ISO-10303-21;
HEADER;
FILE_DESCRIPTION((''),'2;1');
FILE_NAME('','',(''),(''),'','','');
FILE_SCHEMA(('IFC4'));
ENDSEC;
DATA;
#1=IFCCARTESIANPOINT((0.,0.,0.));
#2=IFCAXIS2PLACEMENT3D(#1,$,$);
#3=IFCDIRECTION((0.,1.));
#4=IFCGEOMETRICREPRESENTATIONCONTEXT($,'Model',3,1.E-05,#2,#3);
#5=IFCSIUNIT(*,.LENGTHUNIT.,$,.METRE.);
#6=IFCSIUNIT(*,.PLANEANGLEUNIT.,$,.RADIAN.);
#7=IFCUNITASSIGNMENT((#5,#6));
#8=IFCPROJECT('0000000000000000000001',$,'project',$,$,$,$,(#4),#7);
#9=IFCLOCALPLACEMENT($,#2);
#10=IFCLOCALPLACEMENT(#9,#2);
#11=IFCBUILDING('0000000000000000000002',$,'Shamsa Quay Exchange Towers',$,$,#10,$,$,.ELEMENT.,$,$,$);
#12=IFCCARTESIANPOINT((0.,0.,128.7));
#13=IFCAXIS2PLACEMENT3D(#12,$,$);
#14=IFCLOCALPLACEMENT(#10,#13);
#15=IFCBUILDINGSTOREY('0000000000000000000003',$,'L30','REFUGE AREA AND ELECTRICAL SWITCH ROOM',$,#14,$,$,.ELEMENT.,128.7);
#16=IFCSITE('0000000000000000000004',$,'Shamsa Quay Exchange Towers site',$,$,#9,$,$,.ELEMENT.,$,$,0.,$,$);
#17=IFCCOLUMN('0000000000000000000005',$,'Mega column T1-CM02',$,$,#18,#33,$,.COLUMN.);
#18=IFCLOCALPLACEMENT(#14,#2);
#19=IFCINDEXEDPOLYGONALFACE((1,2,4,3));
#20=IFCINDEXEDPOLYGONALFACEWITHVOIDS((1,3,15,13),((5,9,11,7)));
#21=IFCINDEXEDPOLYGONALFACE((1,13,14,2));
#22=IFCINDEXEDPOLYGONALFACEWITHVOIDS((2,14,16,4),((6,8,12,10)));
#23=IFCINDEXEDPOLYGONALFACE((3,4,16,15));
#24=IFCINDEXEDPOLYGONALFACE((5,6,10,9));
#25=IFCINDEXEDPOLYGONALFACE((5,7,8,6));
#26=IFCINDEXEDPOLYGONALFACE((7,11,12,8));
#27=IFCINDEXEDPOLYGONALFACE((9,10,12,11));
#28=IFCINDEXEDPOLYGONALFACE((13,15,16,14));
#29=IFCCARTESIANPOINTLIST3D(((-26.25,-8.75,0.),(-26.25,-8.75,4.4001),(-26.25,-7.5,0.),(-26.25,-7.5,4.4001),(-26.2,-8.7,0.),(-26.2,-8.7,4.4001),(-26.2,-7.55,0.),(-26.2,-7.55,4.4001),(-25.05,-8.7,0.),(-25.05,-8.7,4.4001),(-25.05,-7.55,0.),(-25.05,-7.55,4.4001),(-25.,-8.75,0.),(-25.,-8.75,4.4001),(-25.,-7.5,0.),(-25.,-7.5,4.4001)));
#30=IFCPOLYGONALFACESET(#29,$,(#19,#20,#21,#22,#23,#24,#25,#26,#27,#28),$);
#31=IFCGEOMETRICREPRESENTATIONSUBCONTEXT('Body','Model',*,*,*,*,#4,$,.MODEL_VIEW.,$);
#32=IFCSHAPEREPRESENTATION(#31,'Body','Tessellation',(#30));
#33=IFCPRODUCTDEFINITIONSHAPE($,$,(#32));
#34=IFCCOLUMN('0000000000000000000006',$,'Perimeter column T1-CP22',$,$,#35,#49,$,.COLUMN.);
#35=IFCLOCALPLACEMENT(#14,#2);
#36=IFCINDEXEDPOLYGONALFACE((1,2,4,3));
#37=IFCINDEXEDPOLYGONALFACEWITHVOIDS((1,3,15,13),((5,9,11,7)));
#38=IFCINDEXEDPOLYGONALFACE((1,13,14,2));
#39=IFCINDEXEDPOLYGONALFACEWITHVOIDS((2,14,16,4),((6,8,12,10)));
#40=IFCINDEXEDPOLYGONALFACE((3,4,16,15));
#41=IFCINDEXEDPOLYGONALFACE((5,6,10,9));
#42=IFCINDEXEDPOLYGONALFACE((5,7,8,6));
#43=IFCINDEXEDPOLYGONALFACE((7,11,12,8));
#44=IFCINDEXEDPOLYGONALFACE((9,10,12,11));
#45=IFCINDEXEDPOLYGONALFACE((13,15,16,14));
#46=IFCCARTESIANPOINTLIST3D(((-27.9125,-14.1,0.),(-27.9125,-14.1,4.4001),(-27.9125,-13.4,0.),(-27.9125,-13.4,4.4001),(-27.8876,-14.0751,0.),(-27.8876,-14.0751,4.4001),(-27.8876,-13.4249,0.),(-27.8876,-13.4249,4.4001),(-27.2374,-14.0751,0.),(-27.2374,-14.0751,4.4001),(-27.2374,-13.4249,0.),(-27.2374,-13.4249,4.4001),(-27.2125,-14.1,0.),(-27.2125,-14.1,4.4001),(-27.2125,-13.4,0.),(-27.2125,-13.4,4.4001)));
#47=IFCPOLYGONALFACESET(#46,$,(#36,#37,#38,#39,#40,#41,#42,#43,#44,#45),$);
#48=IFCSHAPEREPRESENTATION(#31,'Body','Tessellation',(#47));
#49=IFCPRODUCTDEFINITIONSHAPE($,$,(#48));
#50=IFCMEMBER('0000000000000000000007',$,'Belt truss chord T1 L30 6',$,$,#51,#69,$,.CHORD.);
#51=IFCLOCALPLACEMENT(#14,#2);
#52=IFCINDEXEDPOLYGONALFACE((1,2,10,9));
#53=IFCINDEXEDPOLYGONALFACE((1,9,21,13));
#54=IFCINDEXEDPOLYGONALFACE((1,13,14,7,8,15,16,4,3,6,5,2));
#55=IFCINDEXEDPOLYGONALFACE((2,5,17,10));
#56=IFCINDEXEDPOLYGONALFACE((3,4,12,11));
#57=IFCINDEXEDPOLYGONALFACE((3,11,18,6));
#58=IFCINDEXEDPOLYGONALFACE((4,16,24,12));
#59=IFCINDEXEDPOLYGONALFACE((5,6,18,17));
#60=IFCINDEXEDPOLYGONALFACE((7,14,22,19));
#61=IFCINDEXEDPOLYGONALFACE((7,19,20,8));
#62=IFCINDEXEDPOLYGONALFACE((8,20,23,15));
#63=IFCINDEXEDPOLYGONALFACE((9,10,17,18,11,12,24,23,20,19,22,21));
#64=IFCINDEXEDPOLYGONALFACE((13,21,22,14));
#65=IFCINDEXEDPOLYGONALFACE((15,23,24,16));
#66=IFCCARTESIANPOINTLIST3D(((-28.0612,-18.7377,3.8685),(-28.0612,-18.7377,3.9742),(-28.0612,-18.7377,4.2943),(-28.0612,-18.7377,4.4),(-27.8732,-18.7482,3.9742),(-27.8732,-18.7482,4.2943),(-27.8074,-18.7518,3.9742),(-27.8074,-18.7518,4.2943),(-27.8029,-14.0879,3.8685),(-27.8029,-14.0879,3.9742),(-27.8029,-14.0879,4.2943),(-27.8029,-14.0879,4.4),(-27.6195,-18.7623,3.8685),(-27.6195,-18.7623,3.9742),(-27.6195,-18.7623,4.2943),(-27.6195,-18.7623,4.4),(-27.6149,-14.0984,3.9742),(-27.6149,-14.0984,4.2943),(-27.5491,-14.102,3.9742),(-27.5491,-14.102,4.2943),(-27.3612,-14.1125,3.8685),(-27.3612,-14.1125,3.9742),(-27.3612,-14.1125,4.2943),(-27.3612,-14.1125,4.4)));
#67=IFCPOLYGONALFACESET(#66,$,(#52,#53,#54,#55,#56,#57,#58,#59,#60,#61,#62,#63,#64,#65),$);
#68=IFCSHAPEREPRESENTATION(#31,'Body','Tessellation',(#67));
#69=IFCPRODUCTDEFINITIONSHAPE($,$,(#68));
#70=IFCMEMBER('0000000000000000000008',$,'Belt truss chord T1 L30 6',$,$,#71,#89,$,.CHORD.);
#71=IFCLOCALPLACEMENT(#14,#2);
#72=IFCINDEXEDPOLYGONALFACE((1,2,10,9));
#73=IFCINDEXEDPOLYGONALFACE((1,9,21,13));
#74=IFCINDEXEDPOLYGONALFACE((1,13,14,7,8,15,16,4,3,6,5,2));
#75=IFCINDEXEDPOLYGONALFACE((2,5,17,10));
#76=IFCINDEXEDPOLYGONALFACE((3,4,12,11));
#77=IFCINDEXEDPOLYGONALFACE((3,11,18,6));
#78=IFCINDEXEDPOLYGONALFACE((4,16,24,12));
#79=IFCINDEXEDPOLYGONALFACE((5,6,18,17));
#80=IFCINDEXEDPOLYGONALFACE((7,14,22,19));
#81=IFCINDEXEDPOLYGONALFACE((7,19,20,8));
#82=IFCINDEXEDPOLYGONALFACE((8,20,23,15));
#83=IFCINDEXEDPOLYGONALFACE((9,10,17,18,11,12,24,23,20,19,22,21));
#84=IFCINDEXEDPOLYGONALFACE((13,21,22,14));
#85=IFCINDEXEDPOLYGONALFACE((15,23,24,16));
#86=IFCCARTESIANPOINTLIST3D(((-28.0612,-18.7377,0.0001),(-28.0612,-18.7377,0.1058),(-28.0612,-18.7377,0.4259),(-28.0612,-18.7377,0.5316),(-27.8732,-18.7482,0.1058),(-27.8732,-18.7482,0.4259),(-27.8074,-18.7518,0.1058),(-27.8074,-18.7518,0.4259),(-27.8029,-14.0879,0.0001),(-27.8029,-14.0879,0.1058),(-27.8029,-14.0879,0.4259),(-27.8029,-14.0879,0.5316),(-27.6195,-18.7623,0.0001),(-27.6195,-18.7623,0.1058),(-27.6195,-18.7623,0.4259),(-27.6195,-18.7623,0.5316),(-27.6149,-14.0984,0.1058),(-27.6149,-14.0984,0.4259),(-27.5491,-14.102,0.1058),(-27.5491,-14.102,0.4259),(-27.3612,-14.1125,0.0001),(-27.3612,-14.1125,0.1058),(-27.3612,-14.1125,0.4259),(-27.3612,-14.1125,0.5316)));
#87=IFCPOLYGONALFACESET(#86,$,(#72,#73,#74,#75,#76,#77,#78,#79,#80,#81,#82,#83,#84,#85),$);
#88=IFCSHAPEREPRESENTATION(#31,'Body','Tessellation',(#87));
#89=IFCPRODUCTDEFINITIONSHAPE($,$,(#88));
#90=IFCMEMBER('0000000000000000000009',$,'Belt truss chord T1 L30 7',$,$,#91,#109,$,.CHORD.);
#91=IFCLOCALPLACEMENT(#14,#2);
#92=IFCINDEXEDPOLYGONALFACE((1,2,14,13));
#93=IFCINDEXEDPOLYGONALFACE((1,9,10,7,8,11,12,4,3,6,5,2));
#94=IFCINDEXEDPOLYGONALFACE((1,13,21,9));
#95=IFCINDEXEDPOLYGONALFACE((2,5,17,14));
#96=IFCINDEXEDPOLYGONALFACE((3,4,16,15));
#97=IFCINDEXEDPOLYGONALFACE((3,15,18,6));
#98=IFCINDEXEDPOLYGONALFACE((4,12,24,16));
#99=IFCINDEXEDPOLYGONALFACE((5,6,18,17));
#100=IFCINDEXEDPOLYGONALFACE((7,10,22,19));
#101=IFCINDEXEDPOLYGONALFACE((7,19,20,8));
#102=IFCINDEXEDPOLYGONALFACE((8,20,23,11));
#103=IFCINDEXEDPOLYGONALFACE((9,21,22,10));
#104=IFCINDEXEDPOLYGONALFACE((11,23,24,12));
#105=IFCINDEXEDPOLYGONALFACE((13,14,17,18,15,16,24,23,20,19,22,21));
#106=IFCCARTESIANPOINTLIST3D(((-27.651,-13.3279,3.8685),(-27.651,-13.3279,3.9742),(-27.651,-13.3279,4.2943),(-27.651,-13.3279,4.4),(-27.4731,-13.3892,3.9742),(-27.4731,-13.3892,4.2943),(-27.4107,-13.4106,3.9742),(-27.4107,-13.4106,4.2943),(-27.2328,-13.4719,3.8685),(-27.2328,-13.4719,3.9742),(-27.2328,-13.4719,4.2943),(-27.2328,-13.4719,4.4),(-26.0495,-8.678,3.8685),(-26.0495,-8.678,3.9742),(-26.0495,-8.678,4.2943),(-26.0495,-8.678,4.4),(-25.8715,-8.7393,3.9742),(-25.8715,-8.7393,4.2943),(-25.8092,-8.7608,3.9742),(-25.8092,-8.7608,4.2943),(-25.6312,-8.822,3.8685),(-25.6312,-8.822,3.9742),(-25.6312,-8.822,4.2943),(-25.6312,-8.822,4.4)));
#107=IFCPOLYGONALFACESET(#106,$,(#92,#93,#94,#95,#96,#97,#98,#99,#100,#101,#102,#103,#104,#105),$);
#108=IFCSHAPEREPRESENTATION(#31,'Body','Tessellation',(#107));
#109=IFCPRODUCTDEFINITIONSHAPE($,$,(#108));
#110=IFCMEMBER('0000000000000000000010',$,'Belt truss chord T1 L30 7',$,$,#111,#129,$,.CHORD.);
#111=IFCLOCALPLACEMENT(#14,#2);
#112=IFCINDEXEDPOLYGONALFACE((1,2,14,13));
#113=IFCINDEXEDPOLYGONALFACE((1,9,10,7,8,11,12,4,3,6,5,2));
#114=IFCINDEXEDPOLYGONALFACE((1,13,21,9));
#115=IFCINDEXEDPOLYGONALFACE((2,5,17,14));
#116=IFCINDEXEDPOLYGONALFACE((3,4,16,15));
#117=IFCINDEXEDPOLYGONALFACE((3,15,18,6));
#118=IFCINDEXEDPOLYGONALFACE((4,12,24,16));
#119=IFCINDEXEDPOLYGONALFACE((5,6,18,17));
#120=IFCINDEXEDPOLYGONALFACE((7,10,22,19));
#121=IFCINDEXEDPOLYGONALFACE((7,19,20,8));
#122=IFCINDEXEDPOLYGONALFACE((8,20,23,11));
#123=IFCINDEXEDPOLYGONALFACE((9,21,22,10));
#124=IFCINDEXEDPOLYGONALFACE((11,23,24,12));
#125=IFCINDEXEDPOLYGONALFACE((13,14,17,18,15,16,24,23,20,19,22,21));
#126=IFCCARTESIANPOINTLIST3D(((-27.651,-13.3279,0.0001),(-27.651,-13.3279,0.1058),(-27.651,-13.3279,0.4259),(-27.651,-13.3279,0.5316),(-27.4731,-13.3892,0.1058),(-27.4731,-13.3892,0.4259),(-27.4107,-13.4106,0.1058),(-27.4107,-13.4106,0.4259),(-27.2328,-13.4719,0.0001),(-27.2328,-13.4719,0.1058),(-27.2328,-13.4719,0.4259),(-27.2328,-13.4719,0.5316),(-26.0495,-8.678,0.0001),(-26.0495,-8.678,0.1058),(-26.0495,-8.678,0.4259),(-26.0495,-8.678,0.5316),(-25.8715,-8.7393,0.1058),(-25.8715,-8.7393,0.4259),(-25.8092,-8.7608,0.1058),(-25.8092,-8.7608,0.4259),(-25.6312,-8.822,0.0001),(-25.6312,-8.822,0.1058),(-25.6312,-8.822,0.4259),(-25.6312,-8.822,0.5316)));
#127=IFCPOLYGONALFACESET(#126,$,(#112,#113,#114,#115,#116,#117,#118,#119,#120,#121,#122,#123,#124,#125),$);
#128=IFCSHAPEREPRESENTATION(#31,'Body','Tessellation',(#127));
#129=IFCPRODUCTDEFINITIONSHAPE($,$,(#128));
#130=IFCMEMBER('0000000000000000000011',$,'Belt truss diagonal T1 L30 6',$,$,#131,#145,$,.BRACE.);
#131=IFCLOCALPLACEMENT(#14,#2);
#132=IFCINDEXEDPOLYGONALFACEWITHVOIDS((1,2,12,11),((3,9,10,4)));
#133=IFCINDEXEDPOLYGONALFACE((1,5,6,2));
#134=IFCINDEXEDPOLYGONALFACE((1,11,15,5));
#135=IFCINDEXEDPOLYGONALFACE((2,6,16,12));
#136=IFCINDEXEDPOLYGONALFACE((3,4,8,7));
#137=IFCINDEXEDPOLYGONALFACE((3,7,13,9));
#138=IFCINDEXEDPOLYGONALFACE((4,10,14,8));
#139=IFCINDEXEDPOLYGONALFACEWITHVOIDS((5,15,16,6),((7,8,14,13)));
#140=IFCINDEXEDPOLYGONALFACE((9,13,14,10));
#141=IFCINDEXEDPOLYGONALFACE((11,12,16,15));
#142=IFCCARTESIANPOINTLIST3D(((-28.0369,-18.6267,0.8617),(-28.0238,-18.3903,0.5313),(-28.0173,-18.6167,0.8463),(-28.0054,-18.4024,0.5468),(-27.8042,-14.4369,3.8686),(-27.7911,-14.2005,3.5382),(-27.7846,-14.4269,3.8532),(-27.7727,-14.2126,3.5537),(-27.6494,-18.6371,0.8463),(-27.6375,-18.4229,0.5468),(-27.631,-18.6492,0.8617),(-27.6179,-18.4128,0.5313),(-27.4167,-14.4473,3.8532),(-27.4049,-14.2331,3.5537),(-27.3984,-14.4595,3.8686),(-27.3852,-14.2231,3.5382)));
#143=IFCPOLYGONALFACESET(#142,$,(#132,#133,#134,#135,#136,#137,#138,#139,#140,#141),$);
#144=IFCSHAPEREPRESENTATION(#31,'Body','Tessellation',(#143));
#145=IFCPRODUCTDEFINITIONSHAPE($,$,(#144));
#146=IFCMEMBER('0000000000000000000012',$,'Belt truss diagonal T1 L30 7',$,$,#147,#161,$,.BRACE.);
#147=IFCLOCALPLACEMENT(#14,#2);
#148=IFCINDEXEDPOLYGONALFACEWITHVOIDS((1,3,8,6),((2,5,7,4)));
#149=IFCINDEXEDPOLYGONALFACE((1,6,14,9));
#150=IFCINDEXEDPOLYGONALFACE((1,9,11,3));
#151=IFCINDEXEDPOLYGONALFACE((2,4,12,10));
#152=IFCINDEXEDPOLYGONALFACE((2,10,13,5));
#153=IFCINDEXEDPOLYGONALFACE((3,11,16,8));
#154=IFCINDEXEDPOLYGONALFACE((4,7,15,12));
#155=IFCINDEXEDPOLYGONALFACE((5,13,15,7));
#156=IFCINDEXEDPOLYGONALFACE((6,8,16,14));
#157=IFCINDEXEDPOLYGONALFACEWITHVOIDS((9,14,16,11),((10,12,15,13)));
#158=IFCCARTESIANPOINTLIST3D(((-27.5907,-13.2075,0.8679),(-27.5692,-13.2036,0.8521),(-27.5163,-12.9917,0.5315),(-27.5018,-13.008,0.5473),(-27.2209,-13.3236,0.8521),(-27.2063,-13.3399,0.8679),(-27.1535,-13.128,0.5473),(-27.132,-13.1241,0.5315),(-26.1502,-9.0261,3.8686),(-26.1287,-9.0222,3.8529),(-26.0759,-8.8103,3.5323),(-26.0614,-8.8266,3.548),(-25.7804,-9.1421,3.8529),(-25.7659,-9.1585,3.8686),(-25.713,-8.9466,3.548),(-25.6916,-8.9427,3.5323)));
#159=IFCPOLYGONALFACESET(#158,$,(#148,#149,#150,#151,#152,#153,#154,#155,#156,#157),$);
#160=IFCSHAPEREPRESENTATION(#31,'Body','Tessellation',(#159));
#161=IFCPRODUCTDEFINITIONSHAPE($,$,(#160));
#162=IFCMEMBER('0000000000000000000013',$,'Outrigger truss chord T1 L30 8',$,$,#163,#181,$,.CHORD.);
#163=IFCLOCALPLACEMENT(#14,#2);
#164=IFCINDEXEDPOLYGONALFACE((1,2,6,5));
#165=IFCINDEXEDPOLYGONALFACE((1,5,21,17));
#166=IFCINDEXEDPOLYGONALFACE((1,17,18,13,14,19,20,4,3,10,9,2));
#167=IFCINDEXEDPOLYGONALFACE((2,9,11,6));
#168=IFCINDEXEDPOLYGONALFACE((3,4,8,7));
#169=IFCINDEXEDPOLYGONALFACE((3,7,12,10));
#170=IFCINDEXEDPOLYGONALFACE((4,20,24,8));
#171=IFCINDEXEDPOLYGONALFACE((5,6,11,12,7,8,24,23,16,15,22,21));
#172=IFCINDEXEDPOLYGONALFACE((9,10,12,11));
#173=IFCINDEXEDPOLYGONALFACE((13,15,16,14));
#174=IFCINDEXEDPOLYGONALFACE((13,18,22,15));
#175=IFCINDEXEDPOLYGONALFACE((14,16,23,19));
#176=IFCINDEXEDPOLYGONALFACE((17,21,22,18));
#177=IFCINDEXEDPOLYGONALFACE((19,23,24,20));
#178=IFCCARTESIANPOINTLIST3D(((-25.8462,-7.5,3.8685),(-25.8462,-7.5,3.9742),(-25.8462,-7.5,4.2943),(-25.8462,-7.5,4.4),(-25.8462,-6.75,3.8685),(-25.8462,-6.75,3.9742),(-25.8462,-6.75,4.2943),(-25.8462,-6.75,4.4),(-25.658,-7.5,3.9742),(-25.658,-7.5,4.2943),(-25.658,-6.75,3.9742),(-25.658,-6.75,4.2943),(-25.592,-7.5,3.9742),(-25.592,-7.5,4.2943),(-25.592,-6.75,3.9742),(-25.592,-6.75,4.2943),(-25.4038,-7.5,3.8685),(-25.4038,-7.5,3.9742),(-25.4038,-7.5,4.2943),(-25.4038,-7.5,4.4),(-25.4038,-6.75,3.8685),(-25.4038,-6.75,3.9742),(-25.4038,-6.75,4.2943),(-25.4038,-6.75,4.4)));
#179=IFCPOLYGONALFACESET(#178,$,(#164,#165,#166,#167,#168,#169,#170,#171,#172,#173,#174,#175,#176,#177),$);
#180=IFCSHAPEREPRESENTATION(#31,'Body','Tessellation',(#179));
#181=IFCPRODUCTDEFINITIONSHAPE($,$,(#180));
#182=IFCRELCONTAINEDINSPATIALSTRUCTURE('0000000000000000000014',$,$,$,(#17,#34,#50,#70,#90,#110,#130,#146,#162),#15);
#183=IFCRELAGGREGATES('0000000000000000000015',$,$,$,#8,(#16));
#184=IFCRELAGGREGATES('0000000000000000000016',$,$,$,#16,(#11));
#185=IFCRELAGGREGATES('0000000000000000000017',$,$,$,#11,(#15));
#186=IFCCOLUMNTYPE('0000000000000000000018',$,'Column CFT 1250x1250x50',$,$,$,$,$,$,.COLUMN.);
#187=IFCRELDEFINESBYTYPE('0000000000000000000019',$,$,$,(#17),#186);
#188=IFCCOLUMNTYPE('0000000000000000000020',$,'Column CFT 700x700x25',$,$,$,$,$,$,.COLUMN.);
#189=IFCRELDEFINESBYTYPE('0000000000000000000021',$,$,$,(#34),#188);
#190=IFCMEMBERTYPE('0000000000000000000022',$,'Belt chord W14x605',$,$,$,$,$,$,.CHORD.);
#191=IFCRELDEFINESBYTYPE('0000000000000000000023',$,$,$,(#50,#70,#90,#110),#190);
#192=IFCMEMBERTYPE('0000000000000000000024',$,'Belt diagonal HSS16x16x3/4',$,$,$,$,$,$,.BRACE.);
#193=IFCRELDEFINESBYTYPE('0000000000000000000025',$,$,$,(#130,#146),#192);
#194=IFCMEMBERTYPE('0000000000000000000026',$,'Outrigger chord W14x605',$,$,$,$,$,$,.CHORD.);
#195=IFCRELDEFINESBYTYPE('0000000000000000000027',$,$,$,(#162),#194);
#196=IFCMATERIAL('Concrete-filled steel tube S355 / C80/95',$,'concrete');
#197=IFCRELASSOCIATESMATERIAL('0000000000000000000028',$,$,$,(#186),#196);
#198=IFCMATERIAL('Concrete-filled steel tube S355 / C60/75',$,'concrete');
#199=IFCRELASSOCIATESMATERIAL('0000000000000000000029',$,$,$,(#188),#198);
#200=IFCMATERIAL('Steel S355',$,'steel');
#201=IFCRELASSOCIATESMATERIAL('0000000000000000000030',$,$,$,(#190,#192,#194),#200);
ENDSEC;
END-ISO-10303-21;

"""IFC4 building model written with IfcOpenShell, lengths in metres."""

from ifc_helpers import new_model, si_unit, direction, frame, origin, origin_2d, place, context, subcontext, project, spatial, hollow_rectangle, i_section, extrude, material, material_profile, profile_set, type_object, element, save


model = new_model("IFC4")

# Units and contexts
model_context = context("Model", 3, precision=1e-05, world=origin(), true_north=direction((0.0, 1.0)))
body_context = subcontext(model_context, "Body", "Model", "MODEL_VIEW")
ifc_project = project(units=[si_unit("LENGTHUNIT", "METRE"), si_unit("PLANEANGLEUNIT", "RADIAN")], contexts=[model_context])

# Site, building, storey
site_placement = place(None, origin())
site = spatial("IfcSite", under=ifc_project, at=site_placement, Name="Shamsa Quay Exchange Towers site", CompositionType="ELEMENT", RefElevation=0.0)
building_placement = place(site_placement, origin())
building = spatial("IfcBuilding", under=site, at=building_placement, Name="Shamsa Quay Exchange Towers", CompositionType="ELEMENT")
storey_placement = place(building_placement, frame((0.0, 0.0, 128.7)))
storey = spatial("IfcBuildingStorey", under=building, at=storey_placement, Name="L30", Description="REFUGE AREA AND ELECTRICAL SWITCH ROOM", CompositionType="ELEMENT", Elevation=128.7)

# Columns
ifc_material_1 = material(Name="Concrete-filled steel tube S355 / C80/95", Category="concrete")
ifc_material_profile_1 = material_profile(ifc_material_1, hollow_rectangle(XDim=1.25, YDim=1.25, WallThickness=0.05, at=origin_2d()), Name="CFT 1250x1250x50")
ifc_profile_set_1 = profile_set([ifc_material_profile_1], Name="Concrete-filled steel tube S355 / C80/95")
column_type_1 = type_object("IfcColumnType", Name="Column CFT 1250x1250x50", PredefinedType="COLUMN", material=ifc_profile_set_1)
column_1_placement = place(storey_placement, frame((-25.625, -8.125, 0.0)))
element("IfcColumn", 1, at=column_1_placement, inside=storey, type_object=column_type_1, Name="Mega column T1-CM02", PredefinedType="COLUMN", context=body_context, shape_type="SweptSolid", body=[
    extrude(hollow_rectangle(XDim=1.25, YDim=1.25, WallThickness=0.05, at=origin_2d()), origin(), (0.0, 0.0, 1.0), 4.4001),
])
ifc_material_2 = material(Name="Concrete-filled steel tube S355 / C60/75", Category="concrete")
ifc_material_profile_2 = material_profile(ifc_material_2, hollow_rectangle(XDim=0.7, YDim=0.7, WallThickness=0.0249, at=origin_2d()), Name="CFT 700x700x25")
ifc_profile_set_2 = profile_set([ifc_material_profile_2], Name="Concrete-filled steel tube S355 / C60/75")
column_type_2 = type_object("IfcColumnType", Name="Column CFT 700x700x25", PredefinedType="COLUMN", material=ifc_profile_set_2)
column_2_placement = place(storey_placement, frame((-27.5625, -13.75, 0.0)))
element("IfcColumn", 2, at=column_2_placement, inside=storey, type_object=column_type_2, Name="Perimeter column T1-CP22", PredefinedType="COLUMN", context=body_context, shape_type="SweptSolid", body=[
    extrude(hollow_rectangle(XDim=0.7, YDim=0.7, WallThickness=0.0249, at=origin_2d()), origin(), (0.0, 0.0, 1.0), 4.4001),
])

# Members
ifc_material_3 = material(Name="Steel S355", Category="steel")
ifc_material_profile_3 = material_profile(ifc_material_3, i_section(OverallWidth=0.4424, OverallDepth=0.5315, WebThickness=0.0659, FlangeThickness=0.1057, at=origin_2d()), Name="W14x605")
ifc_profile_set_3 = profile_set([ifc_material_profile_3], Name="Steel S355")
member_type_1 = type_object("IfcMemberType", Name="Belt chord W14x605", PredefinedType="CHORD", material=ifc_profile_set_3)
for number, where, z_axis, x_axis, name in (
    (3, (-27.8403, -18.75, 4.1343), (0.055464, 0.998461, 0.0), (-0.998461, 0.055464, 0.0), "Belt truss chord T1 L30 6"),
    (4, (-27.8403, -18.75, 0.2659), (0.055464, 0.998461, 0.0), (-0.998461, 0.055464, 0.0), "Belt truss chord T1 L30 6"),
):
    element("IfcMember", number, at=place(storey_placement, frame(where, z_axis=z_axis, x_axis=x_axis)), inside=storey, type_object=member_type_1, Name=name, PredefinedType="CHORD", context=body_context, shape_type="SweptSolid", body=[
        extrude(i_section(OverallWidth=0.4424, OverallDepth=0.5315, WebThickness=0.0659, FlangeThickness=0.1057, at=origin_2d()), origin(), (0.0, 0.0, 1.0), 4.657),
    ])
for number, where, z_axis, x_axis, name in (
    (5, (-27.4419, -13.3999, 4.1343), (0.325654, 0.945489, 0.0), (-0.945489, 0.325654, 0.0), "Belt truss chord T1 L30 7"),
    (6, (-27.4419, -13.3999, 0.2659), (0.325654, 0.945489, 0.0), (-0.945489, 0.325654, 0.0), "Belt truss chord T1 L30 7"),
):
    element("IfcMember", number, at=place(storey_placement, frame(where, z_axis=z_axis, x_axis=x_axis)), inside=storey, type_object=member_type_1, Name=name, PredefinedType="CHORD", context=body_context, shape_type="SweptSolid", body=[
        extrude(i_section(OverallWidth=0.4424, OverallDepth=0.5315, WebThickness=0.0659, FlangeThickness=0.1057, at=origin_2d()), origin(), (0.0, 0.0, 1.0), 4.918),
    ])
ifc_material_profile_4 = material_profile(ifc_material_3, hollow_rectangle(XDim=0.4065, YDim=0.4065, WallThickness=0.019, at=origin_2d()), Name="HSS16x16x3/4")
ifc_profile_set_4 = profile_set([ifc_material_profile_4], Name="Steel S355")
member_type_2 = type_object("IfcMemberType", Name="Belt diagonal HSS16x16x3/4", PredefinedType="BRACE", material=ifc_profile_set_4)
member_1_placement = place(storey_placement, frame((-27.8274, -18.5198, 0.6965), z_axis=(0.045071, 0.811604, 0.582467), x_axis=(-0.998462, 0.055447, 0.0)))
element("IfcMember", 7, at=member_1_placement, inside=storey, type_object=member_type_2, Name="Belt truss diagonal T1 L30 6", PredefinedType="BRACE", context=body_context, shape_type="SweptSolid", body=[
    extrude(hollow_rectangle(XDim=0.4065, YDim=0.4065, WallThickness=0.019, at=origin_2d()), origin(), (0.0, 0.0, 1.0), 5.1624),
])
member_2_placement = place(storey_placement, frame((-27.3613, -13.1658, 0.6997), z_axis=(0.269518, 0.782379, 0.561465), x_axis=(-0.945473, 0.325701, 0.0)))
element("IfcMember", 8, at=member_2_placement, inside=storey, type_object=member_type_2, Name="Belt truss diagonal T1 L30 7", PredefinedType="BRACE", context=body_context, shape_type="SweptSolid", body=[
    extrude(hollow_rectangle(XDim=0.4065, YDim=0.4065, WallThickness=0.019, at=origin_2d()), origin(), (0.0, 0.0, 1.0), 5.3445),
])
ifc_material_profile_5 = material_profile(ifc_material_3, i_section(OverallWidth=0.4424, OverallDepth=0.5315, WebThickness=0.0659, FlangeThickness=0.1057, at=origin_2d()), Name="W14x605")
ifc_profile_set_5 = profile_set([ifc_material_profile_5], Name="Steel S355")
member_type_3 = type_object("IfcMemberType", Name="Outrigger chord W14x605", PredefinedType="CHORD", material=ifc_profile_set_5)
for number, where, z_axis, x_axis, name in (
    (9, (-25.625, -7.5, 4.1343), (0.0, 1.0, 0.0), (-1.0, 0.0, 0.0), "Outrigger truss chord T1 L30 8"),
):
    element("IfcMember", number, at=place(storey_placement, frame(where, z_axis=z_axis, x_axis=x_axis)), inside=storey, type_object=member_type_3, Name=name, PredefinedType="CHORD", context=body_context, shape_type="SweptSolid", body=[
        extrude(i_section(OverallWidth=0.4424, OverallDepth=0.5315, WebThickness=0.0659, FlangeThickness=0.1057, at=origin_2d()), origin(), (0.0, 0.0, 1.0), 0.75),
    ])

save(model, "model.ifc")
